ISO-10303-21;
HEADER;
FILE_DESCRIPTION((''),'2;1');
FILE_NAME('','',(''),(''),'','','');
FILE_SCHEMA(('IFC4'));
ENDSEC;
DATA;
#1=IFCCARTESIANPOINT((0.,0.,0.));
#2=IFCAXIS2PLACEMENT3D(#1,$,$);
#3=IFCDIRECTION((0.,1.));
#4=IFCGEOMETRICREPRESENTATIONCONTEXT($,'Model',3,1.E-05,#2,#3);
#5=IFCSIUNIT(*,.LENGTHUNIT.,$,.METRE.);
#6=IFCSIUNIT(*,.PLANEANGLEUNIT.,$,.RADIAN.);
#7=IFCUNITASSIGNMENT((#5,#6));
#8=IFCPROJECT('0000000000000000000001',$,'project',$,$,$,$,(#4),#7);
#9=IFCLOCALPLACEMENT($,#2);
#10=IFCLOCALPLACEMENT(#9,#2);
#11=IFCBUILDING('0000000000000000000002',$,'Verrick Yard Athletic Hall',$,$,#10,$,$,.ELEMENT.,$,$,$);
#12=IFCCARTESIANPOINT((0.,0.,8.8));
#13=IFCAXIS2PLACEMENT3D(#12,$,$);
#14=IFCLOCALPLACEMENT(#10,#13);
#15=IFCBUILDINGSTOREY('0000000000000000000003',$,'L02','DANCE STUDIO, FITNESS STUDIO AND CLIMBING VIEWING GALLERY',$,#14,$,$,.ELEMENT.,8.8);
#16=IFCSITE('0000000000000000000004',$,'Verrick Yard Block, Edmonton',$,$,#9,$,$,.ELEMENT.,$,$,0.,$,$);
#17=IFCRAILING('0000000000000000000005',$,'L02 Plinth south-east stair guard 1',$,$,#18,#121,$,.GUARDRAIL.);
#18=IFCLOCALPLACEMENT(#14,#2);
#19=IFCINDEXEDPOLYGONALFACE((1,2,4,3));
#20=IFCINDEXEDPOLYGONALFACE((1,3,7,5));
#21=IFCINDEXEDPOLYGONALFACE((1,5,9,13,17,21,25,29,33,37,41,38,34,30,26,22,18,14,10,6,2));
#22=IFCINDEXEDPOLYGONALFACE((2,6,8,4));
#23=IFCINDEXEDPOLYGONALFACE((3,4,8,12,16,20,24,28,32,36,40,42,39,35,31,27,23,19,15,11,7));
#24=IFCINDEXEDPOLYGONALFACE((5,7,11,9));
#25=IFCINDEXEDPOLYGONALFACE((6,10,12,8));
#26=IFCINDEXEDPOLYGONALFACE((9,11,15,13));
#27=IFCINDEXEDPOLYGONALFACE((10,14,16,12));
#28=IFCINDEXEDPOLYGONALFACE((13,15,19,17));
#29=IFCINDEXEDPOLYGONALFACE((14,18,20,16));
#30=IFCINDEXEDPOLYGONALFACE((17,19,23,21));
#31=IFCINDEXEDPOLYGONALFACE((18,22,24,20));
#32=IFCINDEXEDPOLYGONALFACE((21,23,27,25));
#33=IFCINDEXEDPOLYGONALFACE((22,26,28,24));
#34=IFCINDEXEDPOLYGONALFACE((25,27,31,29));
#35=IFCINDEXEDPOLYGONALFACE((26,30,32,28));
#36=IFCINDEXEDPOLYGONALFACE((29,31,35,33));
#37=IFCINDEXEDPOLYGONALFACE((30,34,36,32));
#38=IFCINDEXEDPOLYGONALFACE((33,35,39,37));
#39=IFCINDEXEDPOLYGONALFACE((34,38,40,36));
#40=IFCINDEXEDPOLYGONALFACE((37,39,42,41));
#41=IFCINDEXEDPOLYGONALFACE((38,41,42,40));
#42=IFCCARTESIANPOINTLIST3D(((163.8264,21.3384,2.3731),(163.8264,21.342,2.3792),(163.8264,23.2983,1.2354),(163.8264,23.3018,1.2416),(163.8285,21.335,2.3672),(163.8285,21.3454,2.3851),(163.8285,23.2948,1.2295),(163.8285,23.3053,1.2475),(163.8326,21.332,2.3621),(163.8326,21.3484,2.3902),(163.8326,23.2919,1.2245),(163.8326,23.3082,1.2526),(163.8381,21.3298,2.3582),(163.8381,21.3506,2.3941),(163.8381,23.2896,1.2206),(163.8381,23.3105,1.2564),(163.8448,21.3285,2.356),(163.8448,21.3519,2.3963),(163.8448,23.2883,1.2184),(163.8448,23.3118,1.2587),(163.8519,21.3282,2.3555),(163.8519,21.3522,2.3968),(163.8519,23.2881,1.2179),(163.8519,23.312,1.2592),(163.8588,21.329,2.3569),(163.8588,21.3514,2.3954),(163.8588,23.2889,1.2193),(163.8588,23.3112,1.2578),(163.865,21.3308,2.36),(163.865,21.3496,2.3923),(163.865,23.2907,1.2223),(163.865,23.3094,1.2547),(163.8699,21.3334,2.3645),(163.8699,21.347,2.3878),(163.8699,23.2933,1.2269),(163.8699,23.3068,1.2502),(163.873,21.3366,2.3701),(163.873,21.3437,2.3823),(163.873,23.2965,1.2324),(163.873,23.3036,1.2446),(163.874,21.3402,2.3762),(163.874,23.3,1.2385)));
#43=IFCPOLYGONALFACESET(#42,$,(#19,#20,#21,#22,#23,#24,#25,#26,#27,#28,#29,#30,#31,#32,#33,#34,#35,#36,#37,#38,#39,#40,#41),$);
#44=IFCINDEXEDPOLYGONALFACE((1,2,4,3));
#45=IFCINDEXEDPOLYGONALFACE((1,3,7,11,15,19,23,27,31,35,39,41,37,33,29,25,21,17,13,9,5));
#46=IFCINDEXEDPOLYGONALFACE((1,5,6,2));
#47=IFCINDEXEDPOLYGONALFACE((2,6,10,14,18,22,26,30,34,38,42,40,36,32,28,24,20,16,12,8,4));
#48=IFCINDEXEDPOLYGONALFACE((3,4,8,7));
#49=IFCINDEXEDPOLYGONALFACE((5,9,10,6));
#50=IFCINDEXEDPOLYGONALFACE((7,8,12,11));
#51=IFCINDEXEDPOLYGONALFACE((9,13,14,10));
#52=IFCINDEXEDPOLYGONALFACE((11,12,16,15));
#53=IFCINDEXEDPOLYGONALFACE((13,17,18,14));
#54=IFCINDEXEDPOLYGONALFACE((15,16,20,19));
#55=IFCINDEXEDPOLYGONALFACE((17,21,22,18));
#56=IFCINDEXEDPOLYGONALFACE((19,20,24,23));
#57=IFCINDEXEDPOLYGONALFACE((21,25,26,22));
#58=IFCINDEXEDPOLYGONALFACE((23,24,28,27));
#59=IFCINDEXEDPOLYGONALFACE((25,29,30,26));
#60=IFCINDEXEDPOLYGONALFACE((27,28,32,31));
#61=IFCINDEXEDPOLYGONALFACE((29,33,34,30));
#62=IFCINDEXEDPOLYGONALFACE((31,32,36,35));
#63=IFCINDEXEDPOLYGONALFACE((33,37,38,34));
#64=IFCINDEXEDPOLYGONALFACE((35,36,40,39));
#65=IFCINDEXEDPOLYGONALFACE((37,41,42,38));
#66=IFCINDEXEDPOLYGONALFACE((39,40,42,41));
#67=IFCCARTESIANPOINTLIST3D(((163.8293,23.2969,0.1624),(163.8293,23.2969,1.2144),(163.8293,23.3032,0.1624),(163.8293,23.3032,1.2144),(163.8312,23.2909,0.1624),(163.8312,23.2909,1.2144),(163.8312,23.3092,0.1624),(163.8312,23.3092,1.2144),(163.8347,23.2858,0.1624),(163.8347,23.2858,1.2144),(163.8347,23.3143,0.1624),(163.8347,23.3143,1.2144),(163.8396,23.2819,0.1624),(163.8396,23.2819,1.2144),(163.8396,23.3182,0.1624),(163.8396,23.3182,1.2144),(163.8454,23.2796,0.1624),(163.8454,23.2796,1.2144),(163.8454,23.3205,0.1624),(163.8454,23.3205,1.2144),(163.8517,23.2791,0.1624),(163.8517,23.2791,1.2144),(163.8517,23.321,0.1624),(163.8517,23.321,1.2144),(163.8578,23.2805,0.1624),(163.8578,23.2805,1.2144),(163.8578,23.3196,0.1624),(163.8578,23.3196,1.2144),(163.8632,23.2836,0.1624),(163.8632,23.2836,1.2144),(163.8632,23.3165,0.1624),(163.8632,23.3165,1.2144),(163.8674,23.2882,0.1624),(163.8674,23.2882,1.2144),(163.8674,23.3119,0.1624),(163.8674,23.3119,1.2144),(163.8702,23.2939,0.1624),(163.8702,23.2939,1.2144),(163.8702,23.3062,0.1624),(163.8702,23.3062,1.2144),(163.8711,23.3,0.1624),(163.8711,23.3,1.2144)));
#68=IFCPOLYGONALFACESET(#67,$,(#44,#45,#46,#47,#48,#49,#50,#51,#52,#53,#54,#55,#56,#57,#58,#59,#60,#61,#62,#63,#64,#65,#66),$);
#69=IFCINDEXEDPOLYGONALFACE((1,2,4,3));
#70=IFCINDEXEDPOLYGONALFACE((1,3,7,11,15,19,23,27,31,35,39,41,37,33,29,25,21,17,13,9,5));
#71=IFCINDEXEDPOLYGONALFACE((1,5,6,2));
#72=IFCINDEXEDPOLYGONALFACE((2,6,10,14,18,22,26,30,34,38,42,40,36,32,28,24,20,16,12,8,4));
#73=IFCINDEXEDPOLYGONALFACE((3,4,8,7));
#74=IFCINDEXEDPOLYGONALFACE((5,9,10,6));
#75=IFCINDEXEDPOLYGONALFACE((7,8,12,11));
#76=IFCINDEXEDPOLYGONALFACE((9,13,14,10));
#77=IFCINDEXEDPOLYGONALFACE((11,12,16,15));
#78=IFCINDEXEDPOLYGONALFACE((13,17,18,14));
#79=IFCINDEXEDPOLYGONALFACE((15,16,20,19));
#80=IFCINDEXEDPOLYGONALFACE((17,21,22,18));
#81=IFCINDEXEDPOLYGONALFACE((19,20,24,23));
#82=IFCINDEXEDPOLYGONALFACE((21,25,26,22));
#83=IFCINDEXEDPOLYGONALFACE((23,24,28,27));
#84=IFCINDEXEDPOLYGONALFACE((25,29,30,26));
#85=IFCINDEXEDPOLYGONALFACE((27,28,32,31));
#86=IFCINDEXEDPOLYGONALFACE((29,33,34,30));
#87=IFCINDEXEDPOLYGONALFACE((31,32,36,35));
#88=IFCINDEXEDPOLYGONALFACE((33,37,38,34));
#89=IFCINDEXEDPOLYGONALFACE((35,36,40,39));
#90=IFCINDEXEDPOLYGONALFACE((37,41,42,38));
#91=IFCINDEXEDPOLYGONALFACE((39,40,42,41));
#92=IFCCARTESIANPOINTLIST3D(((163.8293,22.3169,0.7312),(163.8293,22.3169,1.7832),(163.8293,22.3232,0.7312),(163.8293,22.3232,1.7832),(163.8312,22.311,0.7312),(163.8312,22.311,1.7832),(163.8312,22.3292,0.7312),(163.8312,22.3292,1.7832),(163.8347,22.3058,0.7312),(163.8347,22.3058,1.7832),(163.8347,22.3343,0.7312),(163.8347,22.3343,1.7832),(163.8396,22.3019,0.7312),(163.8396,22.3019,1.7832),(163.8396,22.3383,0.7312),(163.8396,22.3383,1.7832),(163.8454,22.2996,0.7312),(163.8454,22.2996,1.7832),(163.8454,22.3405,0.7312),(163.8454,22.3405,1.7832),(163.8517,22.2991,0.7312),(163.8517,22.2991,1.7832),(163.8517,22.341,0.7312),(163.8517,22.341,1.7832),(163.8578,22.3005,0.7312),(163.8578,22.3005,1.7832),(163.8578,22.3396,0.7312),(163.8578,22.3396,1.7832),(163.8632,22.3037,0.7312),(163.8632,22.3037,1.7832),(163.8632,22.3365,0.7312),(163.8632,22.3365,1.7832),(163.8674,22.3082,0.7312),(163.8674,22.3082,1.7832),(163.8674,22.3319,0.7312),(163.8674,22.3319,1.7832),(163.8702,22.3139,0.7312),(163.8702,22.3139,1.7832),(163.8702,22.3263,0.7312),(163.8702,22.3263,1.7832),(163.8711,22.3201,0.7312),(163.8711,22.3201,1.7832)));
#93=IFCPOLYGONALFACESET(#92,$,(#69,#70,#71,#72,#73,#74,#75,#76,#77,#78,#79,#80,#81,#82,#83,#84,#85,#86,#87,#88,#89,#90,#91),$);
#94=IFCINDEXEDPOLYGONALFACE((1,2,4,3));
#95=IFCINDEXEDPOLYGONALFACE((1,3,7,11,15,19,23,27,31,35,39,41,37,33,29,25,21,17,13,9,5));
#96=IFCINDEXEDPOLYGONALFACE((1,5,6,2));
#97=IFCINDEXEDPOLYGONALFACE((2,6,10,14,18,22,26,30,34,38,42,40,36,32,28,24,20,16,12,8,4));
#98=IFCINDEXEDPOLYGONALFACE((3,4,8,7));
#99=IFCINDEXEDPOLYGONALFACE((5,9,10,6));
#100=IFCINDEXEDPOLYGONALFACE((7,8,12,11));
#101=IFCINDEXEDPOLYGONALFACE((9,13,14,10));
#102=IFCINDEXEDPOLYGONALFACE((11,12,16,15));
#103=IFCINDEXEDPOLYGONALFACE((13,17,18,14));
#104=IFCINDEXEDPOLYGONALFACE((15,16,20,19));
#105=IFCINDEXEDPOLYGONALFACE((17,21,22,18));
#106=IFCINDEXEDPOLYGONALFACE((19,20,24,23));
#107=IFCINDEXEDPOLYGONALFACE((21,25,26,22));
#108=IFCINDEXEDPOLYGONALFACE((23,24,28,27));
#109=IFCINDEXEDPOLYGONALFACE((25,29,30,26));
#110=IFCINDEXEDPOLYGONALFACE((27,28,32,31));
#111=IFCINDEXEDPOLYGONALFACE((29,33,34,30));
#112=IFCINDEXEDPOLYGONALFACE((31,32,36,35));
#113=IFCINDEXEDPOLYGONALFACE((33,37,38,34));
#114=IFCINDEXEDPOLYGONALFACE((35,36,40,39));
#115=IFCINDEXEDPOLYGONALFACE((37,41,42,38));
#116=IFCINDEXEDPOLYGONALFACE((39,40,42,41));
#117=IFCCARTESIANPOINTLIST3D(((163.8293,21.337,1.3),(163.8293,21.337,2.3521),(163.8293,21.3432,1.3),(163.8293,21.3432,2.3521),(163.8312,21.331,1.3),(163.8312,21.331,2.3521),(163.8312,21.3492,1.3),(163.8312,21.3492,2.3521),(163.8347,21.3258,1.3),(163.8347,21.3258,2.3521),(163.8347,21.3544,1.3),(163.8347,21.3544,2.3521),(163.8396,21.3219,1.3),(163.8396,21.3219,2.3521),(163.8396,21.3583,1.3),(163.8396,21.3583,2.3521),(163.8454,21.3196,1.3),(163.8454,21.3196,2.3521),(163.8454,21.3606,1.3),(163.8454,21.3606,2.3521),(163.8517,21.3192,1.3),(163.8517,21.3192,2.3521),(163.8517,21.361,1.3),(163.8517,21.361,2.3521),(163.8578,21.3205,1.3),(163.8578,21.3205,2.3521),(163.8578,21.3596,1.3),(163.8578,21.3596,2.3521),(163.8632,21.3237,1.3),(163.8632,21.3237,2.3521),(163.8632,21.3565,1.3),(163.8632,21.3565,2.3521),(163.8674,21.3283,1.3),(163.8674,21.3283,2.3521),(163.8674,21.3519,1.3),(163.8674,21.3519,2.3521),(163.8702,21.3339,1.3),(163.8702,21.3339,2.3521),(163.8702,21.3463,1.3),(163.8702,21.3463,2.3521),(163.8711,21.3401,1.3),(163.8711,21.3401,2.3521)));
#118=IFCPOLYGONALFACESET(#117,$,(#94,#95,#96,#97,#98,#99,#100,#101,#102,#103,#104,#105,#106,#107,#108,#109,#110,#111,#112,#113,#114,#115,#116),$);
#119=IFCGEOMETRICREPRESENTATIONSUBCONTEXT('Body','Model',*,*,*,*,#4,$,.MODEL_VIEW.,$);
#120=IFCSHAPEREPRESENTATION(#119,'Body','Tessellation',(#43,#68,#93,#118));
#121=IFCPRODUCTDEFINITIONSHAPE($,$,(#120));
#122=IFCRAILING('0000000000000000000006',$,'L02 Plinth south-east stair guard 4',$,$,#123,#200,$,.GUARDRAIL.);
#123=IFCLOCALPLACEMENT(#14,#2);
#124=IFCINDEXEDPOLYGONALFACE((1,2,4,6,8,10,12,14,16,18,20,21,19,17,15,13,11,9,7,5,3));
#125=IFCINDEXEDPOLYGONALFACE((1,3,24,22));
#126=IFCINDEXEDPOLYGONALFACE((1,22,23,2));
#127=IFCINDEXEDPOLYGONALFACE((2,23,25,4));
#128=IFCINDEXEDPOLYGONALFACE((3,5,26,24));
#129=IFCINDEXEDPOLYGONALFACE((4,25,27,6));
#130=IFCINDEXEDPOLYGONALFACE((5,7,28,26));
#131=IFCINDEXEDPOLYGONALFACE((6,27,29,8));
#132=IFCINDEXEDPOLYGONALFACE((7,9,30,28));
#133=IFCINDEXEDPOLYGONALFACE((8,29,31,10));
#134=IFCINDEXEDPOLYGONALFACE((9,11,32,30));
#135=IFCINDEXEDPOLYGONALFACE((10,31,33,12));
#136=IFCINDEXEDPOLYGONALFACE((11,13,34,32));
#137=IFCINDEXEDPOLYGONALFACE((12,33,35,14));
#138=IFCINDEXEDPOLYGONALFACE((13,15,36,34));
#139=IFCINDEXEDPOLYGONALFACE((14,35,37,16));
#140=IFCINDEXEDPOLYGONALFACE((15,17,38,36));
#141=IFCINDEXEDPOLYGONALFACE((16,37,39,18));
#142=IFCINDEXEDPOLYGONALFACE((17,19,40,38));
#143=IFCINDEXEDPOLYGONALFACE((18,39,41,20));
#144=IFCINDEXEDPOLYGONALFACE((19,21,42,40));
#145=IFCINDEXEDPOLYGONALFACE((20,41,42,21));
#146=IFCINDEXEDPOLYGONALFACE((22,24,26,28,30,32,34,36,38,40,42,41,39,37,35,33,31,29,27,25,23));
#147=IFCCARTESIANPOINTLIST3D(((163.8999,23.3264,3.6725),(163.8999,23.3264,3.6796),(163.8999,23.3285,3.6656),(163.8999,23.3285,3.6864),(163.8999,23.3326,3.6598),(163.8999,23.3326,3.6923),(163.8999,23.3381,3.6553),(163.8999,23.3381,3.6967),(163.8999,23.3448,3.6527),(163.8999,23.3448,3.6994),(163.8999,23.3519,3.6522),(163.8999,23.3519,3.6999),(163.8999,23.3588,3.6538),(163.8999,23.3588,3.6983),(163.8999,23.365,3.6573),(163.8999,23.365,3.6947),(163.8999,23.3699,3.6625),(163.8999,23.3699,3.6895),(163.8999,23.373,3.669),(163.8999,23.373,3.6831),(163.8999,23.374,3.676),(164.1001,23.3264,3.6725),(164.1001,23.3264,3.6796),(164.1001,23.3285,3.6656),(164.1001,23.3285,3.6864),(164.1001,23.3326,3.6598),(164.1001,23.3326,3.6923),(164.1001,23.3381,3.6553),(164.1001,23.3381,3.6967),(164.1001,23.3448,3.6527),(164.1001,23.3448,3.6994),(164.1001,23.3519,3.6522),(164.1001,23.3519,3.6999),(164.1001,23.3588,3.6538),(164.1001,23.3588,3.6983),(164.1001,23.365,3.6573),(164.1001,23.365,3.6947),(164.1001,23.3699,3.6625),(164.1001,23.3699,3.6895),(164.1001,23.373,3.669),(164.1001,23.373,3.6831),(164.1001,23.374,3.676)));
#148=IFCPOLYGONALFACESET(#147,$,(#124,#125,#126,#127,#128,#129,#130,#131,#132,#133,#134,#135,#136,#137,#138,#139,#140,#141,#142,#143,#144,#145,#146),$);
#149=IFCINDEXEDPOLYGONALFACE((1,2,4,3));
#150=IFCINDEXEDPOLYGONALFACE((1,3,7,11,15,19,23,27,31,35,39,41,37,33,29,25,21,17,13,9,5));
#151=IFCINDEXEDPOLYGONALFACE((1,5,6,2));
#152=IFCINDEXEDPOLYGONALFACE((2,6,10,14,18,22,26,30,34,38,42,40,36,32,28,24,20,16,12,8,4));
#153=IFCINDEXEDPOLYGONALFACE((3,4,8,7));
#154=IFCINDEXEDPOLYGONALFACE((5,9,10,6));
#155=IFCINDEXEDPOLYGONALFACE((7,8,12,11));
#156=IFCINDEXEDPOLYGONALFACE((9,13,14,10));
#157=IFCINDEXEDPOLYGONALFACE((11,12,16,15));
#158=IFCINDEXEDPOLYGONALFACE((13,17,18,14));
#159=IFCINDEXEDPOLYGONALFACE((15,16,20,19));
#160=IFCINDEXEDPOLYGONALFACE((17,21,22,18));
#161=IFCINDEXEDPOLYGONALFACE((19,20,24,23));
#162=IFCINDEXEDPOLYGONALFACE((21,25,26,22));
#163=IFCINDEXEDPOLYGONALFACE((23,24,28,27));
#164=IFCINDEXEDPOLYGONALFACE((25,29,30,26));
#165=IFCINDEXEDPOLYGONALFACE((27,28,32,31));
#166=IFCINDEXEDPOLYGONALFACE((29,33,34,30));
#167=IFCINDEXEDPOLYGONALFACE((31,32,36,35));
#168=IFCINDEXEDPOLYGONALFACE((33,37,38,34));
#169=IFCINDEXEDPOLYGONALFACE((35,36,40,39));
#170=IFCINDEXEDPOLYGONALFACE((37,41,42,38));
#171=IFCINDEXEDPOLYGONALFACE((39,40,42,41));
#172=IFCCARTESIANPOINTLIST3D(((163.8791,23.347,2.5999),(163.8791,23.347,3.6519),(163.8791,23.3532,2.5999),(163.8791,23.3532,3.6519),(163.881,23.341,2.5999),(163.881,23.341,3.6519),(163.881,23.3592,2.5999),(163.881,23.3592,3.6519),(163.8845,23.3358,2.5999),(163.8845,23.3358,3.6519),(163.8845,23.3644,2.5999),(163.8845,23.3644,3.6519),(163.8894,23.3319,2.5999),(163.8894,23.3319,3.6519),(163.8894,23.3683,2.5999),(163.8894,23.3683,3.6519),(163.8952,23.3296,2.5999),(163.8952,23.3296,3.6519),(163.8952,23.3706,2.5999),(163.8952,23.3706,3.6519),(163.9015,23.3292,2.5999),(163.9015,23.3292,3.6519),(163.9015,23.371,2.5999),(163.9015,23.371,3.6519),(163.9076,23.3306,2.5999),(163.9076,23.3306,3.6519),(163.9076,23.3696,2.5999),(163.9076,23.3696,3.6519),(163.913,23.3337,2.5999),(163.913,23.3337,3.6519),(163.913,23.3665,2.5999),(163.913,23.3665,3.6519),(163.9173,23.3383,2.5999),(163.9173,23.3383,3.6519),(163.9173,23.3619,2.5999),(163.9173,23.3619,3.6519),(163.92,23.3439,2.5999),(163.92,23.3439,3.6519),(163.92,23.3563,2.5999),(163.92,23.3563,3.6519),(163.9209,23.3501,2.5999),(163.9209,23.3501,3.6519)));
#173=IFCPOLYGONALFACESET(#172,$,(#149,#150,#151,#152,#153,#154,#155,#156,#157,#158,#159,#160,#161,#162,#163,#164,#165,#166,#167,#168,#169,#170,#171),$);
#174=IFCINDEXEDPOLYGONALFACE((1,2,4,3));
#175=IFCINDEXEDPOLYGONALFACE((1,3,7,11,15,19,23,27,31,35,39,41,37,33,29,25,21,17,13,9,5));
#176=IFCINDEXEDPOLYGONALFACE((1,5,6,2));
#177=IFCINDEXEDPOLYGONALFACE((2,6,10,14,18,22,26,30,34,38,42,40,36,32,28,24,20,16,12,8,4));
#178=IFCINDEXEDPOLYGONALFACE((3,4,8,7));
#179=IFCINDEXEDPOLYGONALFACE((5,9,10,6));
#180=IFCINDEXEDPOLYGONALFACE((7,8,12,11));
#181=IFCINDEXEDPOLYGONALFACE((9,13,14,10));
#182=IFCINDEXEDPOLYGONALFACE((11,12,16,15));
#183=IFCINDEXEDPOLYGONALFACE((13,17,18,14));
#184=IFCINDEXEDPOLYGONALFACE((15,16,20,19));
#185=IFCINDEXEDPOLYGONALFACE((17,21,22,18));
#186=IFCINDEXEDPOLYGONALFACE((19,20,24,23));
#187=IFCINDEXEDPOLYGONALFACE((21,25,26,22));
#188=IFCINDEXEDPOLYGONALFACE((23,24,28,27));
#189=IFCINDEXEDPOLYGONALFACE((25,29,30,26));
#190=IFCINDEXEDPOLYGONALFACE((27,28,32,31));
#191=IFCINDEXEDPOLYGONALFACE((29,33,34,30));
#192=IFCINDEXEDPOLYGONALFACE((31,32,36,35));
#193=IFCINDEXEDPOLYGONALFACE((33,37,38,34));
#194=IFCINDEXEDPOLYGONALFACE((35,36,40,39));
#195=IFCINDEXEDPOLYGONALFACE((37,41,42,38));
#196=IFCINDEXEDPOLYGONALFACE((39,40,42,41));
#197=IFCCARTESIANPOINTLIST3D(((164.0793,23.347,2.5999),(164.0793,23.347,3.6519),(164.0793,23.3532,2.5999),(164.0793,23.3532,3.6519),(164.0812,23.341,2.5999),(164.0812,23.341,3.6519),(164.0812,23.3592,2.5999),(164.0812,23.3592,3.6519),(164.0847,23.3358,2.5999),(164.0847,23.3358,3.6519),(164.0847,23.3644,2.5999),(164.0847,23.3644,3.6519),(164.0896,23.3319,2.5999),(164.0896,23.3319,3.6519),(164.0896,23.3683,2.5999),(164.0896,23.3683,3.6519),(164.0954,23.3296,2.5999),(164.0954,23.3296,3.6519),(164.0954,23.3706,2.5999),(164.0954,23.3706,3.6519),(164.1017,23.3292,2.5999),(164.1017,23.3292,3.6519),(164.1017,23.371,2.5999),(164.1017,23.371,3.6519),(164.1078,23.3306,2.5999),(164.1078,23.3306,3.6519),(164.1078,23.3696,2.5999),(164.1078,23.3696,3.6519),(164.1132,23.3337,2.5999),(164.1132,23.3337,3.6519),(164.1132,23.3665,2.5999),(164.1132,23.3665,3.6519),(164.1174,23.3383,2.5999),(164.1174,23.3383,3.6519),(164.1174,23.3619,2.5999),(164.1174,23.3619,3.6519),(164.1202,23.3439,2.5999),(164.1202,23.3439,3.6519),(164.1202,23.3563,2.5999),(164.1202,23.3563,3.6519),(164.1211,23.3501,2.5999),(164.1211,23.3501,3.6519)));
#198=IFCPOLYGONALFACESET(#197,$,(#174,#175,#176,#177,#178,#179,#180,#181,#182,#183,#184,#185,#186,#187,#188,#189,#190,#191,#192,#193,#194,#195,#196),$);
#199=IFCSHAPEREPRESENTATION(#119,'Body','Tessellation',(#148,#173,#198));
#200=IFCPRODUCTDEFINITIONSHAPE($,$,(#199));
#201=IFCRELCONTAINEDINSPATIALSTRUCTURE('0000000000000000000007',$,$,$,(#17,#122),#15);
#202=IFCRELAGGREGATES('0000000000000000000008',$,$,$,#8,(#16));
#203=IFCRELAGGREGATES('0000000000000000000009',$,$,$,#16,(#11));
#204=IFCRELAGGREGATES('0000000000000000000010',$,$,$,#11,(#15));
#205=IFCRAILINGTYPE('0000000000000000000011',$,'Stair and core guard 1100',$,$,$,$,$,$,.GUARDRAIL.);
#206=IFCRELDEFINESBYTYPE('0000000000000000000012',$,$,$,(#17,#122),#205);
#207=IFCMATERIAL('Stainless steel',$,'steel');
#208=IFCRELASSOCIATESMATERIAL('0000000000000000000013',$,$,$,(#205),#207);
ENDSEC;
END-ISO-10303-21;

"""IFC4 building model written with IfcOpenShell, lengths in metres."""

from ifc_helpers import new_model, si_unit, direction, frame, origin, origin_2d, place, context, subcontext, project, spatial, circle, extrude, material, type_object, element, save


model = new_model("IFC4")

# Units and contexts
model_context = context("Model", 3, precision=1e-05, world=origin(), true_north=direction((0.0, 1.0)))
body_context = subcontext(model_context, "Body", "Model", "MODEL_VIEW")
ifc_project = project(units=[si_unit("LENGTHUNIT", "METRE"), si_unit("PLANEANGLEUNIT", "RADIAN")], contexts=[model_context])

# Site, building, storey
site_placement = place(None, origin())
site = spatial("IfcSite", under=ifc_project, at=site_placement, Name="Verrick Yard Block, Edmonton", CompositionType="ELEMENT", RefElevation=0.0)
building_placement = place(site_placement, origin())
building = spatial("IfcBuilding", under=site, at=building_placement, Name="Verrick Yard Athletic Hall", CompositionType="ELEMENT")
storey_placement = place(building_placement, frame((0.0, 0.0, 8.8)))
storey = spatial("IfcBuildingStorey", under=building, at=storey_placement, Name="L02", Description="DANCE STUDIO, FITNESS STUDIO AND CLIMBING VIEWING GALLERY", CompositionType="ELEMENT", Elevation=8.8)

# Railings
ifc_material_1 = material(Name="Stainless steel", Category="steel")
railing_type_1 = type_object("IfcRailingType", Name="Stair and core guard 1100", PredefinedType="GUARDRAIL", material=ifc_material_1)
railing_1_placement = place(storey_placement, frame((163.8501, 23.3, 0.1624)))
element("IfcRailing", 1, at=railing_1_placement, inside=storey, type_object=railing_type_1, Name="L02 Plinth south-east stair guard 1", PredefinedType="GUARDRAIL", context=body_context, shape_type="SweptSolid", body=[
    extrude(circle(Radius=0.0239, at=origin_2d()), frame((0.0, 0.0, 1.0762), z_axis=(0.0, -0.864855, 0.502021), x_axis=(1.0, 0.0, 0.0)), (0.0, 0.0, 1.0), 2.2661),
    extrude(circle(Radius=0.021, at=origin_2d()), origin(), (0.0, 0.0, 1.0), 1.052),
    extrude(circle(Radius=0.021, at=origin_2d()), frame((0.0, -0.98, 0.5688)), (0.0, 0.0, 1.0), 1.052),
    extrude(circle(Radius=0.021, at=origin_2d()), frame((0.0, -1.96, 1.1377)), (0.0, 0.0, 1.0), 1.052),
])
railing_2_placement = place(storey_placement, frame((163.8999, 23.3501, 2.5999)))
element("IfcRailing", 2, at=railing_2_placement, inside=storey, type_object=railing_type_1, Name="L02 Plinth south-east stair guard 4", PredefinedType="GUARDRAIL", context=body_context, shape_type="SweptSolid", body=[
    extrude(circle(Radius=0.0239, at=origin_2d()), frame((0.0, 0.0, 1.0762), z_axis=(1.0, 0.0, 0.0), x_axis=(0.0, 1.0, 0.0)), (0.0, 0.0, 1.0), 0.2002),
    extrude(circle(Radius=0.021, at=origin_2d()), origin(), (0.0, 0.0, 1.0), 1.052),
    extrude(circle(Radius=0.021, at=origin_2d()), frame((0.2002, 0.0, 0.0)), (0.0, 0.0, 1.0), 1.052),
])

save(model, "model.ifc")
